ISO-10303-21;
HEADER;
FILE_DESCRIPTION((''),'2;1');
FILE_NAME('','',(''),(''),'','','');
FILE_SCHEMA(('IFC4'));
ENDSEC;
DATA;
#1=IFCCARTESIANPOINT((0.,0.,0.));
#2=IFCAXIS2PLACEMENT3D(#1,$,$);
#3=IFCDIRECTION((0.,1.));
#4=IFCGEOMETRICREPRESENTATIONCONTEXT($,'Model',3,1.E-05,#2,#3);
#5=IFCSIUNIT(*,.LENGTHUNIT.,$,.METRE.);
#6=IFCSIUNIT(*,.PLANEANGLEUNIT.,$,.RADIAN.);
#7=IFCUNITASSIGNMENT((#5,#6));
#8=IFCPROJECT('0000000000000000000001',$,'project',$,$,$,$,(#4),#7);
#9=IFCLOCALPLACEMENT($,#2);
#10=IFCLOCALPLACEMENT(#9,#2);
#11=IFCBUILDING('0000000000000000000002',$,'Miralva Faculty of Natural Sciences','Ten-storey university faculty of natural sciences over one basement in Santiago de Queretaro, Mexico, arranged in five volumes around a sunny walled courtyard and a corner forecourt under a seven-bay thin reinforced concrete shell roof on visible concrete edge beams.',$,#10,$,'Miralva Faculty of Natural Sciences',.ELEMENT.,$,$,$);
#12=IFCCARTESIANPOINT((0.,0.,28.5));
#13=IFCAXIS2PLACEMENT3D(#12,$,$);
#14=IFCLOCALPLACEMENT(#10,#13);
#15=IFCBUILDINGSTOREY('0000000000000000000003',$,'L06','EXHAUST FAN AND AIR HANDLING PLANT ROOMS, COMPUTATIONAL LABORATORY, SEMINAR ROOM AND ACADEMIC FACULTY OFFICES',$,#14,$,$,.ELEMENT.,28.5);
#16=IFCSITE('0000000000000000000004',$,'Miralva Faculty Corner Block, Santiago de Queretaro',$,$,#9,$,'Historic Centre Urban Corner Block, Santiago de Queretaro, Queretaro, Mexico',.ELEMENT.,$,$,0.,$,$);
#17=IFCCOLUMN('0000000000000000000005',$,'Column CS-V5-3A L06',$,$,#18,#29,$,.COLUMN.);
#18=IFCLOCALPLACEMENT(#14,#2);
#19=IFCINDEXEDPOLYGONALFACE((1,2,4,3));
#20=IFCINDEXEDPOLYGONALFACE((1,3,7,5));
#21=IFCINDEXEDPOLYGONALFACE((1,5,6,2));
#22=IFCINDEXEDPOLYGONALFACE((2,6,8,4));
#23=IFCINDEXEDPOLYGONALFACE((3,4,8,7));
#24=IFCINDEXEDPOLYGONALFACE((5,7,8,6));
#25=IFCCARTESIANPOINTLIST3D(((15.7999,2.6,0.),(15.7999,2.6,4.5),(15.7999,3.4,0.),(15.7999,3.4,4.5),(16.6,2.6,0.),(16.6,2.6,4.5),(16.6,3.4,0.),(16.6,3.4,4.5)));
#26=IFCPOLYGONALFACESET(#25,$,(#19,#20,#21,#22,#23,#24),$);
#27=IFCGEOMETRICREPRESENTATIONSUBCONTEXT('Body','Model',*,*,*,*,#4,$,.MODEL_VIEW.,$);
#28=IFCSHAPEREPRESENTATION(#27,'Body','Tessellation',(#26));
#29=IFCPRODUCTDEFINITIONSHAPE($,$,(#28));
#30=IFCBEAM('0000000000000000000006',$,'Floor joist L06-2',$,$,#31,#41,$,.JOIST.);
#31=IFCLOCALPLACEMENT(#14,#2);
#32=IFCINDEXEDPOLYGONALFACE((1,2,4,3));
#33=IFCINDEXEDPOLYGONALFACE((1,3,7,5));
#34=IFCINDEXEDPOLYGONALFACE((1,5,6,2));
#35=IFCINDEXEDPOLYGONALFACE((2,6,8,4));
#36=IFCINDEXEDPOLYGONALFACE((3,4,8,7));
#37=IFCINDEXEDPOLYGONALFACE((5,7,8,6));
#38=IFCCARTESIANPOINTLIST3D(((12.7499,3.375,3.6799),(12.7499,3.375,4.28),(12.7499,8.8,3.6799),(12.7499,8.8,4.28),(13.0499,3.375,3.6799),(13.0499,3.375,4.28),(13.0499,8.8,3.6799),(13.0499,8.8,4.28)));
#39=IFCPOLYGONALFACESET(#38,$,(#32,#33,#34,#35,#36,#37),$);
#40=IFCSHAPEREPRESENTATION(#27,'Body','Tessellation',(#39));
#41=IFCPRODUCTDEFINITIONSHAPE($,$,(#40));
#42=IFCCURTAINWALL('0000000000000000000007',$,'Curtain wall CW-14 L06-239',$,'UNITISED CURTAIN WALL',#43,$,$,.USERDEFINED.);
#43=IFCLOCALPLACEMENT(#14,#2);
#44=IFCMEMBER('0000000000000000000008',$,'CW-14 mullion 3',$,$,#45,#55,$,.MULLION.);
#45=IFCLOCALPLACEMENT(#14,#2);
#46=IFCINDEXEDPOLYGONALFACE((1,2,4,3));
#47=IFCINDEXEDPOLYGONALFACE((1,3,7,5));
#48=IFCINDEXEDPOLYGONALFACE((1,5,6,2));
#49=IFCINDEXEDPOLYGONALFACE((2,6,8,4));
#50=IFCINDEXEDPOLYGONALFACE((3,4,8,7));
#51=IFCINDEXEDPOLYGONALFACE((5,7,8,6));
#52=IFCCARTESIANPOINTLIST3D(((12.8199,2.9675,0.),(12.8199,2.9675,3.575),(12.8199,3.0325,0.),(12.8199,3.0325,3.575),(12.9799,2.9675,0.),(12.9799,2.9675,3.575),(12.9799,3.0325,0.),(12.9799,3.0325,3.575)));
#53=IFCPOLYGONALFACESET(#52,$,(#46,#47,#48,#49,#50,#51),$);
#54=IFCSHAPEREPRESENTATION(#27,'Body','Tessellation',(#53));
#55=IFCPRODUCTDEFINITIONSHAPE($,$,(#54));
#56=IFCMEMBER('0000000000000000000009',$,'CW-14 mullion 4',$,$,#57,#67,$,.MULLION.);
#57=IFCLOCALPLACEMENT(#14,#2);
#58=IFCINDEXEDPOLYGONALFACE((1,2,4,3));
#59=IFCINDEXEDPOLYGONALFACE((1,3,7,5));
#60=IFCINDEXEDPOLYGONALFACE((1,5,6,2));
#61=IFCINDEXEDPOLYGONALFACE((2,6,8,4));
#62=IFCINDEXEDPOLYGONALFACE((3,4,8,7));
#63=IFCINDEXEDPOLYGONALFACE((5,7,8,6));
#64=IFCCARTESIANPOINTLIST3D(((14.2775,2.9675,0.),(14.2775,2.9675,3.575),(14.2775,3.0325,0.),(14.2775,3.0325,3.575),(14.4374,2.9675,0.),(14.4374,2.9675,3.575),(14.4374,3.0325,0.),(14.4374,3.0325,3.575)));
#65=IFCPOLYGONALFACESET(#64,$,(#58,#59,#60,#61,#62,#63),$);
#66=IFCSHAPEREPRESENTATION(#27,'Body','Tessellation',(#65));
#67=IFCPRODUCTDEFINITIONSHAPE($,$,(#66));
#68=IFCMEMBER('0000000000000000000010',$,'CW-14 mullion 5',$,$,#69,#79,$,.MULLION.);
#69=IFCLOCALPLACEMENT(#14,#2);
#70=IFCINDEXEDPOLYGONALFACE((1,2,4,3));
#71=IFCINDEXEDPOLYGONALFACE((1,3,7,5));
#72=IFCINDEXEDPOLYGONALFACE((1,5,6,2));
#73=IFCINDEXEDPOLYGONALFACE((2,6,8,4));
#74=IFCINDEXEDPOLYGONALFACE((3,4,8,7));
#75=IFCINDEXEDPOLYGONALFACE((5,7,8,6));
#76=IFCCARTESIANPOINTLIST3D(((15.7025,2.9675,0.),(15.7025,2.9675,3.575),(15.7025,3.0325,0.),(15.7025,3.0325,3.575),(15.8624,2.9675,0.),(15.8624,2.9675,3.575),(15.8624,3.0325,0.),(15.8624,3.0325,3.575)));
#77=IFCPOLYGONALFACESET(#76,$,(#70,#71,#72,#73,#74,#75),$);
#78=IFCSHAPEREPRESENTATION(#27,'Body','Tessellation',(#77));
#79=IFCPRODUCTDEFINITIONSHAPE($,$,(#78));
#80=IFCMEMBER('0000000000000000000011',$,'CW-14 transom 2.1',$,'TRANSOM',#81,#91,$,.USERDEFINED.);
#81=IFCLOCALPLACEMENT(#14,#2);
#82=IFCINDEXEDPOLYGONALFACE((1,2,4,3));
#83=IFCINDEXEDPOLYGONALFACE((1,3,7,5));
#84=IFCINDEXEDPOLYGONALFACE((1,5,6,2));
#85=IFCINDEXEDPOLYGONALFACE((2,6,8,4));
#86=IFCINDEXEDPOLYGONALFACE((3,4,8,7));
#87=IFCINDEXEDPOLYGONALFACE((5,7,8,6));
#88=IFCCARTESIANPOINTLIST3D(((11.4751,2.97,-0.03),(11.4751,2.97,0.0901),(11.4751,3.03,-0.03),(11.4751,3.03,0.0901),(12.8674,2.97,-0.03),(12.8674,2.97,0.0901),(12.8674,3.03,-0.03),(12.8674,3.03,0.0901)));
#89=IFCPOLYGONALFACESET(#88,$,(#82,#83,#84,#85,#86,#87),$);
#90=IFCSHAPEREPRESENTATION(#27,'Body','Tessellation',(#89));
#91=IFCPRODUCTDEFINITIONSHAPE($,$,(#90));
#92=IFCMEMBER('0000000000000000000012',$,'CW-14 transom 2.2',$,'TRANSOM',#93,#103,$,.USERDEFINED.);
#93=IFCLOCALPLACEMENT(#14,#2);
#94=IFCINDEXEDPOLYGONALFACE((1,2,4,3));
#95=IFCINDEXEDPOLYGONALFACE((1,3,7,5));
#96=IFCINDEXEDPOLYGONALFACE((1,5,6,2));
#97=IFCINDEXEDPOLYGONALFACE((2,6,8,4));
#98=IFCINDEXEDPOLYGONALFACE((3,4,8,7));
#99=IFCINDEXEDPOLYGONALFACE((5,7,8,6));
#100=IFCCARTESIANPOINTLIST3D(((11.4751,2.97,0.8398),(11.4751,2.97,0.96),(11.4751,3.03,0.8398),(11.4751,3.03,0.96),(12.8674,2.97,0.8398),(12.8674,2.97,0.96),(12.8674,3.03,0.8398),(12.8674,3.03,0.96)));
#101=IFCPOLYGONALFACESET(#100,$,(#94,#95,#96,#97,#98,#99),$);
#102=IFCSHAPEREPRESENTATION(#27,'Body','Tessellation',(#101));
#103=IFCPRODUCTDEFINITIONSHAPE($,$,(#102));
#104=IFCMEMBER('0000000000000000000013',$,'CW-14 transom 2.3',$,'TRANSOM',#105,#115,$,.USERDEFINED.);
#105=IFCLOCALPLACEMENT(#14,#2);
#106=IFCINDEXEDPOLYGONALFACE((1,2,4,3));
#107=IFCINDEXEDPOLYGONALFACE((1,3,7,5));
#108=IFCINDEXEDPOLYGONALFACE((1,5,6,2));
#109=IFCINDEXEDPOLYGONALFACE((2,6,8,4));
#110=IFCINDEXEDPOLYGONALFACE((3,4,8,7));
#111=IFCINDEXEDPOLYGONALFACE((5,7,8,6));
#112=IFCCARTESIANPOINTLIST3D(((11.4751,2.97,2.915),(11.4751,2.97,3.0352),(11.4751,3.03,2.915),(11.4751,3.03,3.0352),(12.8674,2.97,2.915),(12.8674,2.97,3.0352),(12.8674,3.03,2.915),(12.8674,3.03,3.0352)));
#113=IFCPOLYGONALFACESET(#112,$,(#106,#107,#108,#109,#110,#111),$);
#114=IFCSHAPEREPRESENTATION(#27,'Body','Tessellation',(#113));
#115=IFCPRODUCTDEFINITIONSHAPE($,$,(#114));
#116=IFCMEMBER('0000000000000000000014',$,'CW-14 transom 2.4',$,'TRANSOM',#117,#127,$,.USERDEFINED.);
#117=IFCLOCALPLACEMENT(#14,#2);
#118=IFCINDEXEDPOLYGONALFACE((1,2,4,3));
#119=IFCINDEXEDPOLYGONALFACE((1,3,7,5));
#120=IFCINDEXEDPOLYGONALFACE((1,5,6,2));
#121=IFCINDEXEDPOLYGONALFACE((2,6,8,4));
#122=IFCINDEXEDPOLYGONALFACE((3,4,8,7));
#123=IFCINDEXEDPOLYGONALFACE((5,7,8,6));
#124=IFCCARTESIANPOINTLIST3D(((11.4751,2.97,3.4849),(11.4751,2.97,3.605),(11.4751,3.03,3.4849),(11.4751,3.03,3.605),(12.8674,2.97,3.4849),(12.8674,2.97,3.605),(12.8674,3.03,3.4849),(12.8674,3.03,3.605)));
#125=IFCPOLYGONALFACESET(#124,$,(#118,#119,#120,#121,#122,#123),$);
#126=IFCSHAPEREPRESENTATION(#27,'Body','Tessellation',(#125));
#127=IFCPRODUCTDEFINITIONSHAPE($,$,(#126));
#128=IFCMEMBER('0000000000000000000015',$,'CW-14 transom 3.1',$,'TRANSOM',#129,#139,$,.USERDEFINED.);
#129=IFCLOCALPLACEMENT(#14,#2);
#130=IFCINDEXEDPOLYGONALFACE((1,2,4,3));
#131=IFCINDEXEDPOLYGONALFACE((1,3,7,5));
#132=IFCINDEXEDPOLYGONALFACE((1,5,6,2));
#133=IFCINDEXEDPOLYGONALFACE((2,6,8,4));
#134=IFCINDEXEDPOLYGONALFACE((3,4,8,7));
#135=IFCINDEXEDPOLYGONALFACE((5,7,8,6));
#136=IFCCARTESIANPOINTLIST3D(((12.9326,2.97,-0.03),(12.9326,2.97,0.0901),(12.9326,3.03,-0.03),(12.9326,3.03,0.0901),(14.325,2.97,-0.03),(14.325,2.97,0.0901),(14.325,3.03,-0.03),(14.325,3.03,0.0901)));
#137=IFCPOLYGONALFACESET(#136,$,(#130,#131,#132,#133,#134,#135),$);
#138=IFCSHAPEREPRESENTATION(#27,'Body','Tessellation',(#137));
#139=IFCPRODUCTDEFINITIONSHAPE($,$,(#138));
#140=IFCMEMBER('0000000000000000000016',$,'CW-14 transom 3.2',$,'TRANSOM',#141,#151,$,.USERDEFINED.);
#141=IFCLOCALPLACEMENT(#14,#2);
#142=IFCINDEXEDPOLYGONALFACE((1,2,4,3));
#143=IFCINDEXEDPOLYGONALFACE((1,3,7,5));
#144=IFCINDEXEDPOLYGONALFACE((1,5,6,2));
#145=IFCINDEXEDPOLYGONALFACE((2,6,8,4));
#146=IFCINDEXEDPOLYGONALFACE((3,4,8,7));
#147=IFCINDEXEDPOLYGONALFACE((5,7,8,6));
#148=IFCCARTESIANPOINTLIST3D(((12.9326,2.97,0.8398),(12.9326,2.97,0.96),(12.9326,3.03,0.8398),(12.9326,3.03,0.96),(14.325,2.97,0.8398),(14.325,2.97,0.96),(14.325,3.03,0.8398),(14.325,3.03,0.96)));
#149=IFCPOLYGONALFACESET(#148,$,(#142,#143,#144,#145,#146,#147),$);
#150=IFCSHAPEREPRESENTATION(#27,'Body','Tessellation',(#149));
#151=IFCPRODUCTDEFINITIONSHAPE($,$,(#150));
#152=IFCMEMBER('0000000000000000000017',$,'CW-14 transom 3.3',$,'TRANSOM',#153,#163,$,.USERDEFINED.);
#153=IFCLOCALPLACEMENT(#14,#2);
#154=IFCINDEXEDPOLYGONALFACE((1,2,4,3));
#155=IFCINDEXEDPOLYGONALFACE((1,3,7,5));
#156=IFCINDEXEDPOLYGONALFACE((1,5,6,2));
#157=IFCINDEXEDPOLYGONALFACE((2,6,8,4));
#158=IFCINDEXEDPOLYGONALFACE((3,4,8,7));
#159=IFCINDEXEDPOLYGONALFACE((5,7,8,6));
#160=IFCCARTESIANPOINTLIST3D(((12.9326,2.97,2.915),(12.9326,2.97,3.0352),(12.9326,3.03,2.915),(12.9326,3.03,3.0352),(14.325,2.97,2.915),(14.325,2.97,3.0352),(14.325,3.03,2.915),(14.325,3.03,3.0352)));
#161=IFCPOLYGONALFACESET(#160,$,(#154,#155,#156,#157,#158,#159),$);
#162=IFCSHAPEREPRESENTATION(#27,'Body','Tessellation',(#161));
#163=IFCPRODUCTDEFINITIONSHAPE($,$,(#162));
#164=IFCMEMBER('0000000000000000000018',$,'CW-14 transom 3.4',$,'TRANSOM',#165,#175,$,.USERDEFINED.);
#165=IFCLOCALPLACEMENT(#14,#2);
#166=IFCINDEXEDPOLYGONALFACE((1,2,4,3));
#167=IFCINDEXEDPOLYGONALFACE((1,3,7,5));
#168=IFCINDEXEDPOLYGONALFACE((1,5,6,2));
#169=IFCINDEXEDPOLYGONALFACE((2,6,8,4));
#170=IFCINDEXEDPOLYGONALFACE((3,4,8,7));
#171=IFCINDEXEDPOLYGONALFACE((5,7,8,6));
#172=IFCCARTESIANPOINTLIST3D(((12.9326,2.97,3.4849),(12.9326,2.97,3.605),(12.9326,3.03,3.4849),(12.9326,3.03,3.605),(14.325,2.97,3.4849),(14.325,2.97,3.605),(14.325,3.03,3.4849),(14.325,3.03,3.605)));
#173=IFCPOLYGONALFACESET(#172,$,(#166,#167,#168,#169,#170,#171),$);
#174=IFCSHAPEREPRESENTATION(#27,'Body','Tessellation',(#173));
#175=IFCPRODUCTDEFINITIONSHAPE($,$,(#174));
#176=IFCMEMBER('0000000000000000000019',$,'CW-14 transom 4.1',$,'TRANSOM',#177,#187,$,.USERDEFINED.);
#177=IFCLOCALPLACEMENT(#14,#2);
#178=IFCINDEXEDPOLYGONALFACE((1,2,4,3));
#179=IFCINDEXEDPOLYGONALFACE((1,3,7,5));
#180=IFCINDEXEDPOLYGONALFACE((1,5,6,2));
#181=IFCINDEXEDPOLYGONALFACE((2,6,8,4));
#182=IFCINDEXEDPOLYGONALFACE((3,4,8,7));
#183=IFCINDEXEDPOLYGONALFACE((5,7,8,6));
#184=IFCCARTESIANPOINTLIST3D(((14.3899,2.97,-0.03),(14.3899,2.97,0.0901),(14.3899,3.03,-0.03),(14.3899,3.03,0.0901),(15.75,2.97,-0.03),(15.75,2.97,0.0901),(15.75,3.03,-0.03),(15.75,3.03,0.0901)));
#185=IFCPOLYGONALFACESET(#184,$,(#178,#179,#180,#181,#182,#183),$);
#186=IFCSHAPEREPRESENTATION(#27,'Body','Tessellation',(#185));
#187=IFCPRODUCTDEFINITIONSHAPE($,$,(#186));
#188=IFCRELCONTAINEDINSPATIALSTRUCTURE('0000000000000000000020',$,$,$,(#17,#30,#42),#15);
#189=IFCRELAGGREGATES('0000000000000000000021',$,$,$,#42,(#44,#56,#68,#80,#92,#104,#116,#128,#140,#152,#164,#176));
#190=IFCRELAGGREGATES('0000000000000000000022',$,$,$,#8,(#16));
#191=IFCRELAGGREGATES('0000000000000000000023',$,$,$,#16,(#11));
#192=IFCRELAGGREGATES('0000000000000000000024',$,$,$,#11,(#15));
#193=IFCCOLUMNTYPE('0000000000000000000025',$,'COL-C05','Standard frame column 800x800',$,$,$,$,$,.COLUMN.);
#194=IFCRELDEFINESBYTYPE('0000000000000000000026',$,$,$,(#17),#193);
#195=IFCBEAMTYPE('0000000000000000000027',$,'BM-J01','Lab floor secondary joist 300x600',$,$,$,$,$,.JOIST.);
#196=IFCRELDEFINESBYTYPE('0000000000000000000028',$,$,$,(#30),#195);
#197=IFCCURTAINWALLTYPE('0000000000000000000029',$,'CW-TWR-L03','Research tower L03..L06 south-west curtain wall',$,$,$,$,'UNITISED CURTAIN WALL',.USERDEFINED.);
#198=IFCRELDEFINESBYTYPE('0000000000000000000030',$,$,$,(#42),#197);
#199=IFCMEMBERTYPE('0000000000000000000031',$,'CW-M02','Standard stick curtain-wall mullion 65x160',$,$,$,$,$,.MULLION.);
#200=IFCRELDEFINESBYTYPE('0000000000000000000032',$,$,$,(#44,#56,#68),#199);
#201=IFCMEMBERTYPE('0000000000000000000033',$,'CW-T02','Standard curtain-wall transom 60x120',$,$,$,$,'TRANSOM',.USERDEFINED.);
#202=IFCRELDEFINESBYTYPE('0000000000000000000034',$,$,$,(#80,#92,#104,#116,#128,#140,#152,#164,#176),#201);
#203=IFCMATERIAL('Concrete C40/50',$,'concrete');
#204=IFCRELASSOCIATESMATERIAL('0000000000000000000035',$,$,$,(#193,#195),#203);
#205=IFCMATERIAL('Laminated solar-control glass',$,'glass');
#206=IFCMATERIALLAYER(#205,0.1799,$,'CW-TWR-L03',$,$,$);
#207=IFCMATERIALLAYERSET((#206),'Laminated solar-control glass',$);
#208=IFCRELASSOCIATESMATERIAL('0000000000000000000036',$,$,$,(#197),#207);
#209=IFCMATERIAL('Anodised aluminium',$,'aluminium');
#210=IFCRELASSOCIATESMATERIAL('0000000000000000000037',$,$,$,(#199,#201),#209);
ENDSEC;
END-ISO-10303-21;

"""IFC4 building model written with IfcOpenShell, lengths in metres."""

from ifc_helpers import new_model, si_unit, direction, frame, origin, origin_2d, place, context, subcontext, project, spatial, rectangle, extrude, material, layer, layer_set, material_profile, profile_set, type_object, element, aggregate, save


model = new_model("IFC4")

# Units and contexts
model_context = context("Model", 3, precision=1e-05, world=origin(), true_north=direction((0.0, 1.0)))
body_context = subcontext(model_context, "Body", "Model", "MODEL_VIEW")
ifc_project = project(units=[si_unit("LENGTHUNIT", "METRE"), si_unit("PLANEANGLEUNIT", "RADIAN")], contexts=[model_context])

# Site, building, storey
site_placement = place(None, origin())
site = spatial("IfcSite", under=ifc_project, at=site_placement, Name="Miralva Faculty Corner Block, Santiago de Queretaro", LongName="Historic Centre Urban Corner Block, Santiago de Queretaro, Queretaro, Mexico", CompositionType="ELEMENT", RefElevation=0.0)
building_placement = place(site_placement, origin())
building = spatial("IfcBuilding", under=site, at=building_placement, Name="Miralva Faculty of Natural Sciences", Description="Ten-storey university faculty of natural sciences over one basement in Santiago de Queretaro, Mexico, arranged in five volumes around a sunny walled courtyard and a corner forecourt under a seven-bay thin reinforced concrete shell roof on visible concrete edge beams.", LongName="Miralva Faculty of Natural Sciences", CompositionType="ELEMENT")
storey_placement = place(building_placement, frame((0.0, 0.0, 28.5)))
storey = spatial("IfcBuildingStorey", under=building, at=storey_placement, Name="L06", Description="EXHAUST FAN AND AIR HANDLING PLANT ROOMS, COMPUTATIONAL LABORATORY, SEMINAR ROOM AND ACADEMIC FACULTY OFFICES", CompositionType="ELEMENT", Elevation=28.5)

# Column
ifc_material_1 = material(Name="Concrete C40/50", Category="concrete")
ifc_material_profile_1 = material_profile(ifc_material_1, rectangle(XDim=0.8, YDim=0.8, at=origin_2d()), Name="RC 800x800")
ifc_profile_set_1 = profile_set([ifc_material_profile_1], Name="Concrete C40/50")
column_type = type_object("IfcColumnType", Name="COL-C05", Description="Standard frame column 800x800", PredefinedType="COLUMN", material=ifc_profile_set_1)
column_placement = place(storey_placement, frame((16.2, 3.0, 0.0), z_axis=(0.0, 0.0, 1.0), x_axis=(1.0, 0.0, 0.0)))
element("IfcColumn", 1, at=column_placement, inside=storey, type_object=column_type, Name="Column CS-V5-3A L06", PredefinedType="COLUMN", context=body_context, shape_type="SweptSolid", body=[
    extrude(rectangle(XDim=0.8, YDim=0.8, at=origin_2d()), origin(), (0.0, 0.0, 1.0), 4.5),
])

# Beam
ifc_material_profile_2 = material_profile(ifc_material_1, rectangle(XDim=0.3, YDim=0.6001, at=origin_2d()), Name="RC 300x600")
ifc_profile_set_2 = profile_set([ifc_material_profile_2], Name="Concrete C40/50")
beam_type = type_object("IfcBeamType", Name="BM-J01", Description="Lab floor secondary joist 300x600", PredefinedType="JOIST", material=ifc_profile_set_2)
beam_placement = place(storey_placement, frame((12.8999, 3.375, 3.98), z_axis=(0.0, 1.0, 0.0), x_axis=(-1.0, 0.0, 0.0)))
element("IfcBeam", 2, at=beam_placement, inside=storey, type_object=beam_type, Name="Floor joist L06-2", PredefinedType="JOIST", context=body_context, shape_type="SweptSolid", body=[
    extrude(rectangle(XDim=0.3, YDim=0.6001, at=origin_2d()), origin(), (0.0, 0.0, 1.0), 5.425),
])

# Curtain wall, members
ifc_material_2 = material(Name="Laminated solar-control glass", Category="glass")
ifc_layer_1 = layer(ifc_material_2, 0.1799, Name="CW-TWR-L03")
ifc_layer_set_1 = layer_set([ifc_layer_1], Name="Laminated solar-control glass")
curtain_wall_type = type_object("IfcCurtainWallType", Name="CW-TWR-L03", Description="Research tower L03..L06 south-west curtain wall", ElementType="UNITISED CURTAIN WALL", PredefinedType="USERDEFINED", material=ifc_layer_set_1)
curtain_wall_placement = place(storey_placement, origin())
curtain_wall = element("IfcCurtainWall", 3, at=curtain_wall_placement, inside=storey, type_object=curtain_wall_type, Name="Curtain wall CW-14 L06-239", ObjectType="UNITISED CURTAIN WALL", PredefinedType="USERDEFINED")
ifc_material_3 = material(Name="Anodised aluminium", Category="aluminium")
ifc_material_profile_3 = material_profile(ifc_material_3, rectangle(XDim=0.0649, YDim=0.1599, at=origin_2d()), Name="MULLION 65x160")
ifc_profile_set_3 = profile_set([ifc_material_profile_3], Name="Anodised aluminium")
member_type_1 = type_object("IfcMemberType", Name="CW-M02", Description="Standard stick curtain-wall mullion 65x160", PredefinedType="MULLION", material=ifc_profile_set_3)
member_1_placement = place(storey_placement, frame((12.8999, 3.0, 0.0), z_axis=(0.0, 0.0, 1.0), x_axis=(0.0, 1.0, 0.0)))
member_1 = element("IfcMember", 4, at=member_1_placement, type_object=member_type_1, Name="CW-14 mullion 3", PredefinedType="MULLION", context=body_context, shape_type="SweptSolid", body=[
    extrude(rectangle(XDim=0.0649, YDim=0.1599, at=origin_2d()), origin(), (0.0, 0.0, 1.0), 3.575),
])
member_2_placement = place(storey_placement, frame((14.3574, 3.0, 0.0), z_axis=(0.0, 0.0, 1.0), x_axis=(0.0, 1.0, 0.0)))
member_2 = element("IfcMember", 5, at=member_2_placement, type_object=member_type_1, Name="CW-14 mullion 4", PredefinedType="MULLION", context=body_context, shape_type="SweptSolid", body=[
    extrude(rectangle(XDim=0.0649, YDim=0.1599, at=origin_2d()), origin(), (0.0, 0.0, 1.0), 3.575),
])
member_3_placement = place(storey_placement, frame((15.7825, 3.0, 0.0), z_axis=(0.0, 0.0, 1.0), x_axis=(0.0, 1.0, 0.0)))
member_3 = element("IfcMember", 6, at=member_3_placement, type_object=member_type_1, Name="CW-14 mullion 5", PredefinedType="MULLION", context=body_context, shape_type="SweptSolid", body=[
    extrude(rectangle(XDim=0.0649, YDim=0.1599, at=origin_2d()), origin(), (0.0, 0.0, 1.0), 3.575),
])
ifc_material_profile_4 = material_profile(ifc_material_3, rectangle(XDim=0.0601, YDim=0.1201, at=origin_2d()), Name="TRANSOM 60x120")
ifc_profile_set_4 = profile_set([ifc_material_profile_4], Name="Anodised aluminium")
member_type_2 = type_object("IfcMemberType", Name="CW-T02", Description="Standard curtain-wall transom 60x120", ElementType="TRANSOM", PredefinedType="USERDEFINED", material=ifc_profile_set_4)
member_4_placement = place(storey_placement, frame((11.4751, 3.0, 0.03), z_axis=(1.0, 0.0, 0.0), x_axis=(0.0, 1.0, 0.0)))
member_4 = element("IfcMember", 7, at=member_4_placement, type_object=member_type_2, Name="CW-14 transom 2.1", ObjectType="TRANSOM", PredefinedType="USERDEFINED", context=body_context, shape_type="SweptSolid", body=[
    extrude(rectangle(XDim=0.0601, YDim=0.1201, at=origin_2d()), origin(), (0.0, 0.0, 1.0), 1.3923),
])
member_5_placement = place(storey_placement, frame((11.4751, 3.0, 0.8999), z_axis=(1.0, 0.0, 0.0), x_axis=(0.0, 1.0, 0.0)))
member_5 = element("IfcMember", 8, at=member_5_placement, type_object=member_type_2, Name="CW-14 transom 2.2", ObjectType="TRANSOM", PredefinedType="USERDEFINED", context=body_context, shape_type="SweptSolid", body=[
    extrude(rectangle(XDim=0.0601, YDim=0.1201, at=origin_2d()), origin(), (0.0, 0.0, 1.0), 1.3923),
])
member_6_placement = place(storey_placement, frame((11.4751, 3.0, 2.9751), z_axis=(1.0, 0.0, 0.0), x_axis=(0.0, 1.0, 0.0)))
member_6 = element("IfcMember", 9, at=member_6_placement, type_object=member_type_2, Name="CW-14 transom 2.3", ObjectType="TRANSOM", PredefinedType="USERDEFINED", context=body_context, shape_type="SweptSolid", body=[
    extrude(rectangle(XDim=0.0601, YDim=0.1201, at=origin_2d()), origin(), (0.0, 0.0, 1.0), 1.3923),
])
member_7_placement = place(storey_placement, frame((11.4751, 3.0, 3.5449), z_axis=(1.0, 0.0, 0.0), x_axis=(0.0, 1.0, 0.0)))
member_7 = element("IfcMember", 10, at=member_7_placement, type_object=member_type_2, Name="CW-14 transom 2.4", ObjectType="TRANSOM", PredefinedType="USERDEFINED", context=body_context, shape_type="SweptSolid", body=[
    extrude(rectangle(XDim=0.0601, YDim=0.1201, at=origin_2d()), origin(), (0.0, 0.0, 1.0), 1.3923),
])
member_8_placement = place(storey_placement, frame((12.9326, 3.0, 0.03), z_axis=(1.0, 0.0, 0.0), x_axis=(0.0, 1.0, 0.0)))
member_8 = element("IfcMember", 11, at=member_8_placement, type_object=member_type_2, Name="CW-14 transom 3.1", ObjectType="TRANSOM", PredefinedType="USERDEFINED", context=body_context, shape_type="SweptSolid", body=[
    extrude(rectangle(XDim=0.0601, YDim=0.1201, at=origin_2d()), origin(), (0.0, 0.0, 1.0), 1.3923),
])
member_9_placement = place(storey_placement, frame((12.9326, 3.0, 0.8999), z_axis=(1.0, 0.0, 0.0), x_axis=(0.0, 1.0, 0.0)))
member_9 = element("IfcMember", 12, at=member_9_placement, type_object=member_type_2, Name="CW-14 transom 3.2", ObjectType="TRANSOM", PredefinedType="USERDEFINED", context=body_context, shape_type="SweptSolid", body=[
    extrude(rectangle(XDim=0.0601, YDim=0.1201, at=origin_2d()), origin(), (0.0, 0.0, 1.0), 1.3923),
])
member_10_placement = place(storey_placement, frame((12.9326, 3.0, 2.9751), z_axis=(1.0, 0.0, 0.0), x_axis=(0.0, 1.0, 0.0)))
member_10 = element("IfcMember", 13, at=member_10_placement, type_object=member_type_2, Name="CW-14 transom 3.3", ObjectType="TRANSOM", PredefinedType="USERDEFINED", context=body_context, shape_type="SweptSolid", body=[
    extrude(rectangle(XDim=0.0601, YDim=0.1201, at=origin_2d()), origin(), (0.0, 0.0, 1.0), 1.3923),
])
member_11_placement = place(storey_placement, frame((12.9326, 3.0, 3.5449), z_axis=(1.0, 0.0, 0.0), x_axis=(0.0, 1.0, 0.0)))
member_11 = element("IfcMember", 14, at=member_11_placement, type_object=member_type_2, Name="CW-14 transom 3.4", ObjectType="TRANSOM", PredefinedType="USERDEFINED", context=body_context, shape_type="SweptSolid", body=[
    extrude(rectangle(XDim=0.0601, YDim=0.1201, at=origin_2d()), origin(), (0.0, 0.0, 1.0), 1.3923),
])
member_12_placement = place(storey_placement, frame((14.3899, 3.0, 0.03), z_axis=(1.0, 0.0, 0.0), x_axis=(0.0, 1.0, 0.0)))
member_12 = element("IfcMember", 15, at=member_12_placement, type_object=member_type_2, Name="CW-14 transom 4.1", ObjectType="TRANSOM", PredefinedType="USERDEFINED", context=body_context, shape_type="SweptSolid", body=[
    extrude(rectangle(XDim=0.0601, YDim=0.1201, at=origin_2d()), origin(), (0.0, 0.0, 1.0), 1.3601),
])

aggregate(curtain_wall, [member_1, member_2, member_3, member_4, member_5, member_6, member_7, member_8, member_9, member_10, member_11, member_12])

save(model, "model.ifc")
